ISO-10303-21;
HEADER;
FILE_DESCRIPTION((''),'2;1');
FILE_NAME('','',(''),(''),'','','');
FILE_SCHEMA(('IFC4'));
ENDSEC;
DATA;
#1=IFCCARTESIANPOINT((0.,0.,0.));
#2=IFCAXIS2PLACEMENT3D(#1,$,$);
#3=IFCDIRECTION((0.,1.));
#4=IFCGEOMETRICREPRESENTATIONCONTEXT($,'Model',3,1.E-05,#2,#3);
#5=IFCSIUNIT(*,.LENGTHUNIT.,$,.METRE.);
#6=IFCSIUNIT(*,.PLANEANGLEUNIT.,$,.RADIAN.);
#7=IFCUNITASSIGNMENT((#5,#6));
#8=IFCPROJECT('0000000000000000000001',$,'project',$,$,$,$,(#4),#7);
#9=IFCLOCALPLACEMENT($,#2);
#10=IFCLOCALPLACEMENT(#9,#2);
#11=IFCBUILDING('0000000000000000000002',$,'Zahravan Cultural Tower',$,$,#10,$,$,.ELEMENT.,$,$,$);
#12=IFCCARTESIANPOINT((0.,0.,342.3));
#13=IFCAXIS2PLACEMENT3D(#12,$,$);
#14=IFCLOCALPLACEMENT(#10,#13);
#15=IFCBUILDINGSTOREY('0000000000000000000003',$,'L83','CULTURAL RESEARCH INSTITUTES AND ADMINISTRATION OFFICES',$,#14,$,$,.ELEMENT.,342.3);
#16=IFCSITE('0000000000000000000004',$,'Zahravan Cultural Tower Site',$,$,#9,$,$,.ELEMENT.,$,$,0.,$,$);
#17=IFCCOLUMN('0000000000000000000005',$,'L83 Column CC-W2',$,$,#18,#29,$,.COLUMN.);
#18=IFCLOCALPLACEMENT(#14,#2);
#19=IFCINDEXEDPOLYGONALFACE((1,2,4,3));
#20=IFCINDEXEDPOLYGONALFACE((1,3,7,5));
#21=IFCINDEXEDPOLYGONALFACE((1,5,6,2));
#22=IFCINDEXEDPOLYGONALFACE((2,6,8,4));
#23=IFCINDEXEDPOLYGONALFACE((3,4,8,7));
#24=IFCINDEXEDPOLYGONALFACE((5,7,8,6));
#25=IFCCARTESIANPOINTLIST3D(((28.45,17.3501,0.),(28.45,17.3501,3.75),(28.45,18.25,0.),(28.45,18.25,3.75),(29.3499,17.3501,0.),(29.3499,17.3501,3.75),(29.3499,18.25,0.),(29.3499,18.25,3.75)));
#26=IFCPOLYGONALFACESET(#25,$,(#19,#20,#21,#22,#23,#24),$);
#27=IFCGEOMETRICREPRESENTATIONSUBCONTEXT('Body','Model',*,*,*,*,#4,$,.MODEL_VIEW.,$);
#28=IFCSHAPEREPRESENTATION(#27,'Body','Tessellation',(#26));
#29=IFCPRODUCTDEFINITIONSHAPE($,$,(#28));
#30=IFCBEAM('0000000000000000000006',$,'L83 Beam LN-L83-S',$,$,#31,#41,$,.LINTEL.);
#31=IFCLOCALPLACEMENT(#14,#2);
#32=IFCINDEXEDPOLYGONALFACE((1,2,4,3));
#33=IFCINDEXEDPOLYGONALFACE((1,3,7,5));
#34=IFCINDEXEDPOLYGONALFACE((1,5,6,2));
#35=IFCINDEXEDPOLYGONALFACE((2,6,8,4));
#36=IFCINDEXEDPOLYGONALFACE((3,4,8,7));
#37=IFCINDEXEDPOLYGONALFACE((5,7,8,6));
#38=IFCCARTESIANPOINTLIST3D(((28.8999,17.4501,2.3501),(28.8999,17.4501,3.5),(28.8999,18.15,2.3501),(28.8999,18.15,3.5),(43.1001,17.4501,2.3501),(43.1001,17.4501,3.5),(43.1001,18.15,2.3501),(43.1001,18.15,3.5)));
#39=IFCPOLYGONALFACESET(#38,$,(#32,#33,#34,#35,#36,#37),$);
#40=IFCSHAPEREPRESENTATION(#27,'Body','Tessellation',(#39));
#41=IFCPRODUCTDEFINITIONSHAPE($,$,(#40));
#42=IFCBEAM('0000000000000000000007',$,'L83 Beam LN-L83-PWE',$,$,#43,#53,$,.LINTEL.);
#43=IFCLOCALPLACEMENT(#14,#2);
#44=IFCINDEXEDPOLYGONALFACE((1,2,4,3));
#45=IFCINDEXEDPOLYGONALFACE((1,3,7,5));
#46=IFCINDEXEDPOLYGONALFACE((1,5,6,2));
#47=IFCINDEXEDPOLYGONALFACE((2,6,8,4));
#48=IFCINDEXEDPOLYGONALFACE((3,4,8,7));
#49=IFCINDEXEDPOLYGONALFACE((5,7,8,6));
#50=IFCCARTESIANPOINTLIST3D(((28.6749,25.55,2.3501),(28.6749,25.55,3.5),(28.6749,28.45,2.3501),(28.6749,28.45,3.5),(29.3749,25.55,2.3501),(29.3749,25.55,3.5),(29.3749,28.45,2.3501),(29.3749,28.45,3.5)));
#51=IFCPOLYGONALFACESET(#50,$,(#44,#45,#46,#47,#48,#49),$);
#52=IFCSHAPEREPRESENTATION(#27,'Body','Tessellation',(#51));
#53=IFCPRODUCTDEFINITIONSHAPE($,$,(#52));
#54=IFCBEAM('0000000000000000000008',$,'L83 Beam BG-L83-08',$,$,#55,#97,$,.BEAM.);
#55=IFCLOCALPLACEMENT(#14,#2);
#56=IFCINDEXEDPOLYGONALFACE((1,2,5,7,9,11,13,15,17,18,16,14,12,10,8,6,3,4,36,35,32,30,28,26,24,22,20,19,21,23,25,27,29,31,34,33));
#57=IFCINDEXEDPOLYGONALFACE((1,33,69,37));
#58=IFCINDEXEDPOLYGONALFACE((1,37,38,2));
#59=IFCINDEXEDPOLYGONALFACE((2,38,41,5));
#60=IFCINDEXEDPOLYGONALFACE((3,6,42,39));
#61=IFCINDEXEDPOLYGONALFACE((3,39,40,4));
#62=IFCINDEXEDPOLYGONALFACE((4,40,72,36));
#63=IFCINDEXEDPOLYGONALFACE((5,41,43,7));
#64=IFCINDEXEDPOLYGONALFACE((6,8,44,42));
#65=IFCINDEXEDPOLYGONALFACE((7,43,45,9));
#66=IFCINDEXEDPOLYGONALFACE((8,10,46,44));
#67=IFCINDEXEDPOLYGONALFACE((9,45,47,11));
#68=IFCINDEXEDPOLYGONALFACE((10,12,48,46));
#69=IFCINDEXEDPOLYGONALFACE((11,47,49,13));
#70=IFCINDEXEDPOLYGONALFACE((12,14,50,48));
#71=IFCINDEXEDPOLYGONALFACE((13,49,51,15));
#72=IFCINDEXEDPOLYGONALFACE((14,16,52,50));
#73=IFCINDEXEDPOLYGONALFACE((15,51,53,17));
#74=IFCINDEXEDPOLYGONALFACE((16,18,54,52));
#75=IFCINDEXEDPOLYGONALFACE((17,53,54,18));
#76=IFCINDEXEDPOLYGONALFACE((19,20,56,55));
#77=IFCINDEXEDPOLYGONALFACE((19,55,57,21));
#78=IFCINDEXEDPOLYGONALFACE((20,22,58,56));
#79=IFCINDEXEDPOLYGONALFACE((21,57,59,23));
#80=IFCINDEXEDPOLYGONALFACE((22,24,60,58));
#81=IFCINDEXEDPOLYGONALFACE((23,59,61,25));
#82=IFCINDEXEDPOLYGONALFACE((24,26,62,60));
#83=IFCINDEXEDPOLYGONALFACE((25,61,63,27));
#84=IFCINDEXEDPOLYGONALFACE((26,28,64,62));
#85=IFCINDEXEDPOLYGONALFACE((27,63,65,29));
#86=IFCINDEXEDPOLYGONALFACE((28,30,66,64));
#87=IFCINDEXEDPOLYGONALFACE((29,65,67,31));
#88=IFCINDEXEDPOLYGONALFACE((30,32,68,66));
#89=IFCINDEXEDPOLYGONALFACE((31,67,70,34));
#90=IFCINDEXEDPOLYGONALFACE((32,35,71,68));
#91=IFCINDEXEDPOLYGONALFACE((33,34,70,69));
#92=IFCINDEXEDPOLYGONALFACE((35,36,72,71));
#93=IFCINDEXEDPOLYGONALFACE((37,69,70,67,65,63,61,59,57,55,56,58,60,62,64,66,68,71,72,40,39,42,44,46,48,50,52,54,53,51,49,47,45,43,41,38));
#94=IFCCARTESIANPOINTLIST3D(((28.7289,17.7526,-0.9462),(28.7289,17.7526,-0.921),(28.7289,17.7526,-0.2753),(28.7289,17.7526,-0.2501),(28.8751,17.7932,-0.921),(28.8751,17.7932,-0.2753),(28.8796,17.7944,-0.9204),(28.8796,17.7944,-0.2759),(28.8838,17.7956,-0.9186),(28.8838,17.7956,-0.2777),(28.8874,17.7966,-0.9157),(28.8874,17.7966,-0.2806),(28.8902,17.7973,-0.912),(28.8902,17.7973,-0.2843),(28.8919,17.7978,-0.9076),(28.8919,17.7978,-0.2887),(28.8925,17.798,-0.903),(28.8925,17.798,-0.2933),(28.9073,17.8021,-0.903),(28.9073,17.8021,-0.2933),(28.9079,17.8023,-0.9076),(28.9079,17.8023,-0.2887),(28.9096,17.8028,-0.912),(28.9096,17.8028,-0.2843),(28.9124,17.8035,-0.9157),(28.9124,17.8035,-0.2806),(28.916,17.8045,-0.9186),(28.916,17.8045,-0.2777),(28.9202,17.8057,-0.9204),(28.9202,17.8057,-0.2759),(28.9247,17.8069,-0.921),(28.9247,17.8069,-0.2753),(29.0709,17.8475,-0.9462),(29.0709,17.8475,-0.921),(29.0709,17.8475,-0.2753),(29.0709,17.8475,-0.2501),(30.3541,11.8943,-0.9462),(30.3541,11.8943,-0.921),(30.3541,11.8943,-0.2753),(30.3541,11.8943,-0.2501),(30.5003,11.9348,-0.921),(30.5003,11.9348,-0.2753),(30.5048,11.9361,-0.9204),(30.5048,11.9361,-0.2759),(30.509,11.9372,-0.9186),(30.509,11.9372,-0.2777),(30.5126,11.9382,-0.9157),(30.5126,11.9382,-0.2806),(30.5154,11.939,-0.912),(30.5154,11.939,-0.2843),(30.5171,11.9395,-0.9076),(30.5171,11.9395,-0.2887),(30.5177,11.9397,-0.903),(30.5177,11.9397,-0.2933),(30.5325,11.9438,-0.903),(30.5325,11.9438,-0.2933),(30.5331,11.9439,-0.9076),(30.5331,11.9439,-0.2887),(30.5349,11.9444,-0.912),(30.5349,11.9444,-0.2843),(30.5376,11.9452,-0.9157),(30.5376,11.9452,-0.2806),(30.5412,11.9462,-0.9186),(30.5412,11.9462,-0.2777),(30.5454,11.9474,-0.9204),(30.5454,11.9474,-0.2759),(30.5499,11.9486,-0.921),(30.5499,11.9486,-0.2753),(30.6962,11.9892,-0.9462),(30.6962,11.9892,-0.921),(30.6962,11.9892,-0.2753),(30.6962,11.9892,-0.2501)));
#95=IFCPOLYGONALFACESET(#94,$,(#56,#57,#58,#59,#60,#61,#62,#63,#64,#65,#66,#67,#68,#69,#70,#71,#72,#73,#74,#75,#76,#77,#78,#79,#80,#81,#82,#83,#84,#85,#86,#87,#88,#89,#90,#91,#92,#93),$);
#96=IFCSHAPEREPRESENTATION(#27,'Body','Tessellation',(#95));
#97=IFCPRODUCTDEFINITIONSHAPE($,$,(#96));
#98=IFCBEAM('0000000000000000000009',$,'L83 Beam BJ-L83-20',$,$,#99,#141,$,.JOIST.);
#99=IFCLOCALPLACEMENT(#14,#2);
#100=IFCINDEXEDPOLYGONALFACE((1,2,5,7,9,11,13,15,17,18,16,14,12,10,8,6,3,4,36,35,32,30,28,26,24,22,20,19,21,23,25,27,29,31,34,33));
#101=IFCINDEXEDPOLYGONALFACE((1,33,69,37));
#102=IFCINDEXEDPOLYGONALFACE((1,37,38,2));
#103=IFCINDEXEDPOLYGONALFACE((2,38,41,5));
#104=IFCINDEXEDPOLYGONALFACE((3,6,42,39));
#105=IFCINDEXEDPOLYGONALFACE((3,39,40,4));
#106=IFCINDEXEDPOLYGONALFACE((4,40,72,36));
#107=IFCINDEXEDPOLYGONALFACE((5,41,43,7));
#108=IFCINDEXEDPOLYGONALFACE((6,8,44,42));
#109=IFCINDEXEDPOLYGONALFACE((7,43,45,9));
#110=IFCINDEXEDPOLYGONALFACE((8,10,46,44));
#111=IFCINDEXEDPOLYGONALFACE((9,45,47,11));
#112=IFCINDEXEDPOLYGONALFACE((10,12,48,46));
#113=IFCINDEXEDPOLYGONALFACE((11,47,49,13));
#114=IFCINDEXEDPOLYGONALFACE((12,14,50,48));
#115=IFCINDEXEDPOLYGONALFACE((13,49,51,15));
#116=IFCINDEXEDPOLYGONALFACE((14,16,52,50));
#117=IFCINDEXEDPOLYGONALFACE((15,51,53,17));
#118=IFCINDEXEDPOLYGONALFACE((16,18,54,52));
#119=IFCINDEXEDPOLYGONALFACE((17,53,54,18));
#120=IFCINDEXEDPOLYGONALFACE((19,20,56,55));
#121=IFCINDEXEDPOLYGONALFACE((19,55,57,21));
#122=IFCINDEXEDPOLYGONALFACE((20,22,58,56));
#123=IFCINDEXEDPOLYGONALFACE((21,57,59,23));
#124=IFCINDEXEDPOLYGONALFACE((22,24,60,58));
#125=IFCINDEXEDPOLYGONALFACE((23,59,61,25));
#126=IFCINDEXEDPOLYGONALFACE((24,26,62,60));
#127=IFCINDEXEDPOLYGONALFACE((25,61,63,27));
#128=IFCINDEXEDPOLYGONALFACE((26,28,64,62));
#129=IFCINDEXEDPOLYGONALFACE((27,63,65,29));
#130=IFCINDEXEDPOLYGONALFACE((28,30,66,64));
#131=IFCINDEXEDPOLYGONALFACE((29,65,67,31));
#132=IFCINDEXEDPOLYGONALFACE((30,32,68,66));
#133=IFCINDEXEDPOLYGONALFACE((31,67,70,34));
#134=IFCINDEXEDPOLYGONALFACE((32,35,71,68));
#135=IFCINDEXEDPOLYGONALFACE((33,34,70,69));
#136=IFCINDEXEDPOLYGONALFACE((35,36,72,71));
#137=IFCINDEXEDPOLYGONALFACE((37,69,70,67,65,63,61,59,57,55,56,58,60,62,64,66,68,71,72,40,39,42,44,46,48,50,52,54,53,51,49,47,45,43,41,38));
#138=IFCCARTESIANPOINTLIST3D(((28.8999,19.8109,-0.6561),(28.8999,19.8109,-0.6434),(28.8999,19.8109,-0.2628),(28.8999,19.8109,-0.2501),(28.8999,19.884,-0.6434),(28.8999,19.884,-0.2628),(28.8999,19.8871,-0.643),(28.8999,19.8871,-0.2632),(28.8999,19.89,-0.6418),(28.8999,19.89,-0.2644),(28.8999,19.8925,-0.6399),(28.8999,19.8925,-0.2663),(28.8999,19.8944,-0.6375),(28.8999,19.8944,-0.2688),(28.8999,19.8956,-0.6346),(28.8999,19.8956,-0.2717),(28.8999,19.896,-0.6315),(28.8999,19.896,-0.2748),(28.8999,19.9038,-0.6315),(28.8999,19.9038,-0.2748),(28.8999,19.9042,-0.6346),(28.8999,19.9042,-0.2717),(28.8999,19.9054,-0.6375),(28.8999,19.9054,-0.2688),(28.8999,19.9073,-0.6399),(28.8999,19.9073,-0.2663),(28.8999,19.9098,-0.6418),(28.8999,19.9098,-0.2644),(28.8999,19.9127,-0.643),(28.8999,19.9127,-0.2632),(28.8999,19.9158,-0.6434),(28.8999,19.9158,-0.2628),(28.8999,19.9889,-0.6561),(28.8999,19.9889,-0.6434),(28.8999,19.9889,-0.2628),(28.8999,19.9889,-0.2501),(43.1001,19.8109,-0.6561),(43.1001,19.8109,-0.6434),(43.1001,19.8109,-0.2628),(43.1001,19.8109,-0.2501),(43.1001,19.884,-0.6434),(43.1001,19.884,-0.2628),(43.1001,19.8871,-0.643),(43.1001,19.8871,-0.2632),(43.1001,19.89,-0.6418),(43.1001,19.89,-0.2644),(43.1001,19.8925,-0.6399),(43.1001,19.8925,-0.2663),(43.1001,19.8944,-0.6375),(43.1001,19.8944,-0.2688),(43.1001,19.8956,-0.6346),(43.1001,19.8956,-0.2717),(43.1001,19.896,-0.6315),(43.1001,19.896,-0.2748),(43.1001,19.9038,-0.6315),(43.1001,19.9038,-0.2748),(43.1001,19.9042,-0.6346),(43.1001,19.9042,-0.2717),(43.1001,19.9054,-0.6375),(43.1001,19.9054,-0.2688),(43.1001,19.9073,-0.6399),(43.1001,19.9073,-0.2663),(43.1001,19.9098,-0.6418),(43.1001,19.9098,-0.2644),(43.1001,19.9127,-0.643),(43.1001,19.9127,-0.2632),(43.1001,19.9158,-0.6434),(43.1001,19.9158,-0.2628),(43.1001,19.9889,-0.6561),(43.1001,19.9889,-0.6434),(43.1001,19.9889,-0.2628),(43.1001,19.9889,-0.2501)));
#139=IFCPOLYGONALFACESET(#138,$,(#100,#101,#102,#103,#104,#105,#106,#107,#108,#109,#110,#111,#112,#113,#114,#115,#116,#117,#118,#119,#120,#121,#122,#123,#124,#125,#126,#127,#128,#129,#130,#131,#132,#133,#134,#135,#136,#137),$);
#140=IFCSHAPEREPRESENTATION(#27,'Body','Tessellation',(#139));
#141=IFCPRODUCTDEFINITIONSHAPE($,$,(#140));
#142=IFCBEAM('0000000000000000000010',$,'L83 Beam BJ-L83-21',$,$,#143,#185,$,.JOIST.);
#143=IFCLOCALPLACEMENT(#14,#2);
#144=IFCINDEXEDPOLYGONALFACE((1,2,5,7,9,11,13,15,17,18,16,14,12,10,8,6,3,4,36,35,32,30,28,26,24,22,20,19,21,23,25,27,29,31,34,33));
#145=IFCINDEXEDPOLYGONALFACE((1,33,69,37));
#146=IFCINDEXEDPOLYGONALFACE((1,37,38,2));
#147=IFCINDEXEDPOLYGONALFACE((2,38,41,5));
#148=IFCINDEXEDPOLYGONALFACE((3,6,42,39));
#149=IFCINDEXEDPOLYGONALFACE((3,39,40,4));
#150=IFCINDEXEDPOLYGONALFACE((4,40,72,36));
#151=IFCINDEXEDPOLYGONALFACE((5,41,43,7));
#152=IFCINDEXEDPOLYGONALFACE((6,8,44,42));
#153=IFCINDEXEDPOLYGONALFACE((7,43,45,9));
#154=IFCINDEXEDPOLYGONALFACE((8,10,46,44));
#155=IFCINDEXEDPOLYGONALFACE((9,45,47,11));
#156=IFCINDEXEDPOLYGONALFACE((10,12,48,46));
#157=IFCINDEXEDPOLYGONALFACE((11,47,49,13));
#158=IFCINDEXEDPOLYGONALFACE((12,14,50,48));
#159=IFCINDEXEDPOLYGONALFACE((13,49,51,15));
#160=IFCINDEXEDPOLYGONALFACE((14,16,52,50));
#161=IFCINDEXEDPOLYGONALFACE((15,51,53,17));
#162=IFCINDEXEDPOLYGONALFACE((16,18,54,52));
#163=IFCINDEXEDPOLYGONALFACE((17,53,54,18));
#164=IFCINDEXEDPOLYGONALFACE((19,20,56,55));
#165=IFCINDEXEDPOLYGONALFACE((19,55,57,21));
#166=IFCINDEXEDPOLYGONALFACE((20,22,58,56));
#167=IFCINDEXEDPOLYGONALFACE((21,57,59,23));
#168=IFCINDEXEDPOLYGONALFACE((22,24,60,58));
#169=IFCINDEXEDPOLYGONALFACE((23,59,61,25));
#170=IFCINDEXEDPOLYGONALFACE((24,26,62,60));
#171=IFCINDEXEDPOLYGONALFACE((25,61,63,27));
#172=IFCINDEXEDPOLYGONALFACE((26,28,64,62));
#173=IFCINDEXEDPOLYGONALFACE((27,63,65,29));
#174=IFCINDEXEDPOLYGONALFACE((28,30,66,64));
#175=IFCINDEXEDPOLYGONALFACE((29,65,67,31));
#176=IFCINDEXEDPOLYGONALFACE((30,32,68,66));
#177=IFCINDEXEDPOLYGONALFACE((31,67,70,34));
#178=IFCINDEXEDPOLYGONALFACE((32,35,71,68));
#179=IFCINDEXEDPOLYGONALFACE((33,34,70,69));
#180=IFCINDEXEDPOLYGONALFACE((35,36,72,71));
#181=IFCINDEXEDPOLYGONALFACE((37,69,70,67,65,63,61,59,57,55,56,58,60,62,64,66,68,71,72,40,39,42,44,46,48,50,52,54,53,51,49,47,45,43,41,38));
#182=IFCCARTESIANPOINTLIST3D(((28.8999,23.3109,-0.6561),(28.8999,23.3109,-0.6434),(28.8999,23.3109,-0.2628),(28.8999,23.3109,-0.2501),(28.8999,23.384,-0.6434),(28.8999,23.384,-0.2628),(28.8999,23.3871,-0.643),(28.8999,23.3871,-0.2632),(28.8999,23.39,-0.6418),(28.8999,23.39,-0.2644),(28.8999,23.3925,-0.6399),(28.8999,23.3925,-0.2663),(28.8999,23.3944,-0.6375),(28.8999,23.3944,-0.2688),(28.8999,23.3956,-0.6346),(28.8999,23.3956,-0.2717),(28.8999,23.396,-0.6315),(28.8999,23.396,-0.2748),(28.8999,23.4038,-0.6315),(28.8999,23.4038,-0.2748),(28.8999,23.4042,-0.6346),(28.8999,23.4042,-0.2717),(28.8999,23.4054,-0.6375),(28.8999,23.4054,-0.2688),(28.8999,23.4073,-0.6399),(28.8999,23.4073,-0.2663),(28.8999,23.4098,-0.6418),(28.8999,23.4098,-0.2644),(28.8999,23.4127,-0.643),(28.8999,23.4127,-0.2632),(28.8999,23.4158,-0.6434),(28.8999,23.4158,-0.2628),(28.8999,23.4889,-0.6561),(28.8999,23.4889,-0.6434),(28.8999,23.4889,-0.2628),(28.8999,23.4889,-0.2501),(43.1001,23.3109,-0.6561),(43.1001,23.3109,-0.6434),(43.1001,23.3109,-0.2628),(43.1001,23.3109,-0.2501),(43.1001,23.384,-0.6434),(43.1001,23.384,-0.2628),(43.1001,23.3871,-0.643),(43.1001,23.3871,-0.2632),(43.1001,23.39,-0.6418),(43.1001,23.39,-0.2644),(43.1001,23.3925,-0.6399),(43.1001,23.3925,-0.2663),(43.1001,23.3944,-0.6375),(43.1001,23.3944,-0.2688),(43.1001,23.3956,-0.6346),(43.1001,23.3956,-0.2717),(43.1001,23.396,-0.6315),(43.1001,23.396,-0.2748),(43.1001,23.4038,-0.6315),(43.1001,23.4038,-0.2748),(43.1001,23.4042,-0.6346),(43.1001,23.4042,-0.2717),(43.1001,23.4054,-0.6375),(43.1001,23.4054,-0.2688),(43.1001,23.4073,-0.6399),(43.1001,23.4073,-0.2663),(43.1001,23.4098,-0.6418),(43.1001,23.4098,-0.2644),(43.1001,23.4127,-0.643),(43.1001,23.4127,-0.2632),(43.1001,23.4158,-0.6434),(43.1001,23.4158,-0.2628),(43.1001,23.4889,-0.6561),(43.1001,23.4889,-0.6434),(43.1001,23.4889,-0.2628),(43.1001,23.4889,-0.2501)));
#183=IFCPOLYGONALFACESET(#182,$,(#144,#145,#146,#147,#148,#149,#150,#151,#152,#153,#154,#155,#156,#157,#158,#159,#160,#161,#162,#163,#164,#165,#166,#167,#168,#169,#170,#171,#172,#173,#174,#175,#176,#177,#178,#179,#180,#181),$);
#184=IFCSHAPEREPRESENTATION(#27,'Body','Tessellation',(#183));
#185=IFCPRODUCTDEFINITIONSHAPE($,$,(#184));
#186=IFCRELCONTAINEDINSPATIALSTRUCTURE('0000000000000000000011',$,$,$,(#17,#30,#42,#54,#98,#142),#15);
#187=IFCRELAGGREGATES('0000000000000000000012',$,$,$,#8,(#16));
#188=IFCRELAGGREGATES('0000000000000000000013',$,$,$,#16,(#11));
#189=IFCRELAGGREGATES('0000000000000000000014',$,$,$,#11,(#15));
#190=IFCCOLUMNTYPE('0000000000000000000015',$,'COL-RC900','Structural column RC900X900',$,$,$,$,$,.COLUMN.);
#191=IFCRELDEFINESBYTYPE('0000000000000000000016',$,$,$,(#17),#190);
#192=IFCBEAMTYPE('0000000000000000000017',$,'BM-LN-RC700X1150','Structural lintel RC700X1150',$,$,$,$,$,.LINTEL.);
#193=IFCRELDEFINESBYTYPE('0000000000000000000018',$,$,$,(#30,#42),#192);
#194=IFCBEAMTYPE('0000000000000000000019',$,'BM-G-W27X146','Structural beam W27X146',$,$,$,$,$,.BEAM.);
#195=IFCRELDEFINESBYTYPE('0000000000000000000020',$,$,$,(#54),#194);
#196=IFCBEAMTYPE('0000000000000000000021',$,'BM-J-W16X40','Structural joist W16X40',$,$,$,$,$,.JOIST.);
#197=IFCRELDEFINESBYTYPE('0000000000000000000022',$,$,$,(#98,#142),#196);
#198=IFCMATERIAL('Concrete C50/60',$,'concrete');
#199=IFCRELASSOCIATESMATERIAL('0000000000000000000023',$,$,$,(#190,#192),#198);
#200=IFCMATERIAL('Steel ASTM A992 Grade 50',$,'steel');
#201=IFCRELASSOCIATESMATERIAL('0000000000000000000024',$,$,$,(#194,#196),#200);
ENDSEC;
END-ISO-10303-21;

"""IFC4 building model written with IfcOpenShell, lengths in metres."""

from ifc_helpers import new_model, si_unit, direction, frame, origin, origin_2d, place, context, subcontext, project, spatial, rectangle, i_section, extrude, source, transform, mapped, material, material_profile, profile_set, type_object, element, save


model = new_model("IFC4")

# Units and contexts
model_context = context("Model", 3, precision=1e-05, world=origin(), true_north=direction((0.0, 1.0)))
body_context = subcontext(model_context, "Body", "Model", "MODEL_VIEW")
ifc_project = project(units=[si_unit("LENGTHUNIT", "METRE"), si_unit("PLANEANGLEUNIT", "RADIAN")], contexts=[model_context])

# Site, building, storey
site_placement = place(None, origin())
site = spatial("IfcSite", under=ifc_project, at=site_placement, Name="Zahravan Cultural Tower Site", CompositionType="ELEMENT", RefElevation=0.0)
building_placement = place(site_placement, origin())
building = spatial("IfcBuilding", under=site, at=building_placement, Name="Zahravan Cultural Tower", CompositionType="ELEMENT")
storey_placement = place(building_placement, frame((0.0, 0.0, 342.3)))
storey = spatial("IfcBuildingStorey", under=building, at=storey_placement, Name="L83", Description="CULTURAL RESEARCH INSTITUTES AND ADMINISTRATION OFFICES", CompositionType="ELEMENT", Elevation=342.3)

# Column
ifc_material_1 = material(Name="Concrete C50/60", Category="concrete")
ifc_material_profile_1 = material_profile(ifc_material_1, rectangle(XDim=0.8999, YDim=0.8999, at=origin_2d()), Name="RC900X900")
ifc_profile_set_1 = profile_set([ifc_material_profile_1], Name="Concrete C50/60")
column_type = type_object("IfcColumnType", Name="COL-RC900", Description="Structural column RC900X900", PredefinedType="COLUMN", material=ifc_profile_set_1)
shared_shape_1 = source(origin(), body_context, "Body", "SweptSolid", [
    extrude(rectangle(XDim=0.8999, YDim=0.8999, at=origin_2d()), origin(), (0.0, 0.0, 1.0), 3.75),
])
column_placement = place(storey_placement, frame((28.8999, 17.8, 0.0), z_axis=(0.0, 0.0, 1.0), x_axis=(1.0, 0.0, 0.0)))
element("IfcColumn", 1, at=column_placement, inside=storey, type_object=column_type, Name="L83 Column CC-W2", PredefinedType="COLUMN", context=body_context, shape_type="MappedRepresentation", body=[
    mapped(shared_shape_1, transform((0.0, 0.0, 0.0), x_axis=(1.0, 0.0, 0.0), y_axis=(0.0, 1.0, 0.0), z_axis=(0.0, 0.0, 1.0), scale=1.0)),
])

# Beams
ifc_material_profile_2 = material_profile(ifc_material_1, rectangle(XDim=0.7, YDim=1.1499, at=origin_2d()), Name="RC700X1150")
ifc_profile_set_2 = profile_set([ifc_material_profile_2], Name="Concrete C50/60")
beam_type_1 = type_object("IfcBeamType", Name="BM-LN-RC700X1150", Description="Structural lintel RC700X1150", PredefinedType="LINTEL", material=ifc_profile_set_2)
shared_shape_2 = source(origin(), body_context, "Body", "SweptSolid", [
    extrude(rectangle(XDim=0.7, YDim=1.1499, at=origin_2d()), origin(), (0.0, 0.0, 1.0), 14.2002),
])
beam_1_placement = place(storey_placement, frame((28.8999, 17.8, 2.925), z_axis=(1.0, 0.0, 0.0), x_axis=(0.0, 1.0, 0.0)))
element("IfcBeam", 2, at=beam_1_placement, inside=storey, type_object=beam_type_1, Name="L83 Beam LN-L83-S", PredefinedType="LINTEL", context=body_context, shape_type="MappedRepresentation", body=[
    mapped(shared_shape_2, transform((0.0, 0.0, 0.0), x_axis=(1.0, 0.0, 0.0), y_axis=(0.0, 1.0, 0.0), z_axis=(0.0, 0.0, 1.0), scale=1.0)),
])
shared_shape_3 = source(origin(), body_context, "Body", "SweptSolid", [
    extrude(rectangle(XDim=0.7, YDim=1.1499, at=origin_2d()), origin(), (0.0, 0.0, 1.0), 2.8999),
])
beam_2_placement = place(storey_placement, frame((29.0249, 25.55, 2.925), z_axis=(0.0, 1.0, 0.0), x_axis=(-1.0, 0.0, 0.0)))
element("IfcBeam", 3, at=beam_2_placement, inside=storey, type_object=beam_type_1, Name="L83 Beam LN-L83-PWE", PredefinedType="LINTEL", context=body_context, shape_type="MappedRepresentation", body=[
    mapped(shared_shape_3, transform((0.0, 0.0, 0.0), x_axis=(1.0, 0.0, 0.0), y_axis=(0.0, 1.0, 0.0), z_axis=(0.0, 0.0, 1.0), scale=1.0)),
])
ifc_material_2 = material(Name="Steel ASTM A992 Grade 50", Category="steel")
ifc_material_profile_3 = material_profile(ifc_material_2, i_section(OverallWidth=0.355, OverallDepth=0.696, WebThickness=0.0154, FlangeThickness=0.0251, FilletRadius=0.0181, at=origin_2d()), Name="W27X146")
ifc_profile_set_3 = profile_set([ifc_material_profile_3], Name="Steel ASTM A992 Grade 50")
beam_type_2 = type_object("IfcBeamType", Name="BM-G-W27X146", Description="Structural beam W27X146", PredefinedType="BEAM", material=ifc_profile_set_3)
shared_shape_4 = source(origin(), body_context, "Body", "SweptSolid", [
    extrude(i_section(OverallWidth=0.355, OverallDepth=0.696, WebThickness=0.0154, FlangeThickness=0.0251, FilletRadius=0.0181, at=origin_2d()), origin(), (0.0, 0.0, 1.0), 6.0796),
])
beam_3_placement = place(storey_placement, frame((28.8999, 17.8, -0.5981), z_axis=(0.267325, -0.963606, 0.0), x_axis=(0.963606, 0.267325, 0.0)))
element("IfcBeam", 4, at=beam_3_placement, inside=storey, type_object=beam_type_2, Name="L83 Beam BG-L83-08", PredefinedType="BEAM", context=body_context, shape_type="MappedRepresentation", body=[
    mapped(shared_shape_4, transform((0.0, 0.0, 0.0), x_axis=(1.0, 0.0, 0.0), y_axis=(0.0, 1.0, 0.0), z_axis=(0.0, 0.0, 1.0), scale=1.0)),
])
ifc_material_profile_4 = material_profile(ifc_material_2, i_section(OverallWidth=0.178, OverallDepth=0.406, WebThickness=0.0078, FlangeThickness=0.0127, FilletRadius=0.012, at=origin_2d()), Name="W16X40")
ifc_profile_set_4 = profile_set([ifc_material_profile_4], Name="Steel ASTM A992 Grade 50")
beam_type_3 = type_object("IfcBeamType", Name="BM-J-W16X40", Description="Structural joist W16X40", PredefinedType="JOIST", material=ifc_profile_set_4)
shared_shape_5 = source(origin(), body_context, "Body", "SweptSolid", [
    extrude(i_section(OverallWidth=0.178, OverallDepth=0.406, WebThickness=0.0078, FlangeThickness=0.0127, FilletRadius=0.012, at=origin_2d()), origin(), (0.0, 0.0, 1.0), 14.2002),
])
for number, where, z_axis, x_axis, name in (
    (5, (28.8999, 19.8999, -0.4531), (1.0, 0.0, 0.0), (0.0, 1.0, 0.0), "L83 Beam BJ-L83-20"),
    (6, (28.8999, 23.3999, -0.4531), (1.0, 0.0, 0.0), (0.0, 1.0, 0.0), "L83 Beam BJ-L83-21"),
):
    element("IfcBeam", number, at=place(storey_placement, frame(where, z_axis=z_axis, x_axis=x_axis)), inside=storey, type_object=beam_type_3, Name=name, PredefinedType="JOIST", context=body_context, shape_type="MappedRepresentation", body=[
        mapped(shared_shape_5, transform((0.0, 0.0, 0.0), x_axis=(1.0, 0.0, 0.0), y_axis=(0.0, 1.0, 0.0), z_axis=(0.0, 0.0, 1.0), scale=1.0)),
    ])

save(model, "model.ifc")
